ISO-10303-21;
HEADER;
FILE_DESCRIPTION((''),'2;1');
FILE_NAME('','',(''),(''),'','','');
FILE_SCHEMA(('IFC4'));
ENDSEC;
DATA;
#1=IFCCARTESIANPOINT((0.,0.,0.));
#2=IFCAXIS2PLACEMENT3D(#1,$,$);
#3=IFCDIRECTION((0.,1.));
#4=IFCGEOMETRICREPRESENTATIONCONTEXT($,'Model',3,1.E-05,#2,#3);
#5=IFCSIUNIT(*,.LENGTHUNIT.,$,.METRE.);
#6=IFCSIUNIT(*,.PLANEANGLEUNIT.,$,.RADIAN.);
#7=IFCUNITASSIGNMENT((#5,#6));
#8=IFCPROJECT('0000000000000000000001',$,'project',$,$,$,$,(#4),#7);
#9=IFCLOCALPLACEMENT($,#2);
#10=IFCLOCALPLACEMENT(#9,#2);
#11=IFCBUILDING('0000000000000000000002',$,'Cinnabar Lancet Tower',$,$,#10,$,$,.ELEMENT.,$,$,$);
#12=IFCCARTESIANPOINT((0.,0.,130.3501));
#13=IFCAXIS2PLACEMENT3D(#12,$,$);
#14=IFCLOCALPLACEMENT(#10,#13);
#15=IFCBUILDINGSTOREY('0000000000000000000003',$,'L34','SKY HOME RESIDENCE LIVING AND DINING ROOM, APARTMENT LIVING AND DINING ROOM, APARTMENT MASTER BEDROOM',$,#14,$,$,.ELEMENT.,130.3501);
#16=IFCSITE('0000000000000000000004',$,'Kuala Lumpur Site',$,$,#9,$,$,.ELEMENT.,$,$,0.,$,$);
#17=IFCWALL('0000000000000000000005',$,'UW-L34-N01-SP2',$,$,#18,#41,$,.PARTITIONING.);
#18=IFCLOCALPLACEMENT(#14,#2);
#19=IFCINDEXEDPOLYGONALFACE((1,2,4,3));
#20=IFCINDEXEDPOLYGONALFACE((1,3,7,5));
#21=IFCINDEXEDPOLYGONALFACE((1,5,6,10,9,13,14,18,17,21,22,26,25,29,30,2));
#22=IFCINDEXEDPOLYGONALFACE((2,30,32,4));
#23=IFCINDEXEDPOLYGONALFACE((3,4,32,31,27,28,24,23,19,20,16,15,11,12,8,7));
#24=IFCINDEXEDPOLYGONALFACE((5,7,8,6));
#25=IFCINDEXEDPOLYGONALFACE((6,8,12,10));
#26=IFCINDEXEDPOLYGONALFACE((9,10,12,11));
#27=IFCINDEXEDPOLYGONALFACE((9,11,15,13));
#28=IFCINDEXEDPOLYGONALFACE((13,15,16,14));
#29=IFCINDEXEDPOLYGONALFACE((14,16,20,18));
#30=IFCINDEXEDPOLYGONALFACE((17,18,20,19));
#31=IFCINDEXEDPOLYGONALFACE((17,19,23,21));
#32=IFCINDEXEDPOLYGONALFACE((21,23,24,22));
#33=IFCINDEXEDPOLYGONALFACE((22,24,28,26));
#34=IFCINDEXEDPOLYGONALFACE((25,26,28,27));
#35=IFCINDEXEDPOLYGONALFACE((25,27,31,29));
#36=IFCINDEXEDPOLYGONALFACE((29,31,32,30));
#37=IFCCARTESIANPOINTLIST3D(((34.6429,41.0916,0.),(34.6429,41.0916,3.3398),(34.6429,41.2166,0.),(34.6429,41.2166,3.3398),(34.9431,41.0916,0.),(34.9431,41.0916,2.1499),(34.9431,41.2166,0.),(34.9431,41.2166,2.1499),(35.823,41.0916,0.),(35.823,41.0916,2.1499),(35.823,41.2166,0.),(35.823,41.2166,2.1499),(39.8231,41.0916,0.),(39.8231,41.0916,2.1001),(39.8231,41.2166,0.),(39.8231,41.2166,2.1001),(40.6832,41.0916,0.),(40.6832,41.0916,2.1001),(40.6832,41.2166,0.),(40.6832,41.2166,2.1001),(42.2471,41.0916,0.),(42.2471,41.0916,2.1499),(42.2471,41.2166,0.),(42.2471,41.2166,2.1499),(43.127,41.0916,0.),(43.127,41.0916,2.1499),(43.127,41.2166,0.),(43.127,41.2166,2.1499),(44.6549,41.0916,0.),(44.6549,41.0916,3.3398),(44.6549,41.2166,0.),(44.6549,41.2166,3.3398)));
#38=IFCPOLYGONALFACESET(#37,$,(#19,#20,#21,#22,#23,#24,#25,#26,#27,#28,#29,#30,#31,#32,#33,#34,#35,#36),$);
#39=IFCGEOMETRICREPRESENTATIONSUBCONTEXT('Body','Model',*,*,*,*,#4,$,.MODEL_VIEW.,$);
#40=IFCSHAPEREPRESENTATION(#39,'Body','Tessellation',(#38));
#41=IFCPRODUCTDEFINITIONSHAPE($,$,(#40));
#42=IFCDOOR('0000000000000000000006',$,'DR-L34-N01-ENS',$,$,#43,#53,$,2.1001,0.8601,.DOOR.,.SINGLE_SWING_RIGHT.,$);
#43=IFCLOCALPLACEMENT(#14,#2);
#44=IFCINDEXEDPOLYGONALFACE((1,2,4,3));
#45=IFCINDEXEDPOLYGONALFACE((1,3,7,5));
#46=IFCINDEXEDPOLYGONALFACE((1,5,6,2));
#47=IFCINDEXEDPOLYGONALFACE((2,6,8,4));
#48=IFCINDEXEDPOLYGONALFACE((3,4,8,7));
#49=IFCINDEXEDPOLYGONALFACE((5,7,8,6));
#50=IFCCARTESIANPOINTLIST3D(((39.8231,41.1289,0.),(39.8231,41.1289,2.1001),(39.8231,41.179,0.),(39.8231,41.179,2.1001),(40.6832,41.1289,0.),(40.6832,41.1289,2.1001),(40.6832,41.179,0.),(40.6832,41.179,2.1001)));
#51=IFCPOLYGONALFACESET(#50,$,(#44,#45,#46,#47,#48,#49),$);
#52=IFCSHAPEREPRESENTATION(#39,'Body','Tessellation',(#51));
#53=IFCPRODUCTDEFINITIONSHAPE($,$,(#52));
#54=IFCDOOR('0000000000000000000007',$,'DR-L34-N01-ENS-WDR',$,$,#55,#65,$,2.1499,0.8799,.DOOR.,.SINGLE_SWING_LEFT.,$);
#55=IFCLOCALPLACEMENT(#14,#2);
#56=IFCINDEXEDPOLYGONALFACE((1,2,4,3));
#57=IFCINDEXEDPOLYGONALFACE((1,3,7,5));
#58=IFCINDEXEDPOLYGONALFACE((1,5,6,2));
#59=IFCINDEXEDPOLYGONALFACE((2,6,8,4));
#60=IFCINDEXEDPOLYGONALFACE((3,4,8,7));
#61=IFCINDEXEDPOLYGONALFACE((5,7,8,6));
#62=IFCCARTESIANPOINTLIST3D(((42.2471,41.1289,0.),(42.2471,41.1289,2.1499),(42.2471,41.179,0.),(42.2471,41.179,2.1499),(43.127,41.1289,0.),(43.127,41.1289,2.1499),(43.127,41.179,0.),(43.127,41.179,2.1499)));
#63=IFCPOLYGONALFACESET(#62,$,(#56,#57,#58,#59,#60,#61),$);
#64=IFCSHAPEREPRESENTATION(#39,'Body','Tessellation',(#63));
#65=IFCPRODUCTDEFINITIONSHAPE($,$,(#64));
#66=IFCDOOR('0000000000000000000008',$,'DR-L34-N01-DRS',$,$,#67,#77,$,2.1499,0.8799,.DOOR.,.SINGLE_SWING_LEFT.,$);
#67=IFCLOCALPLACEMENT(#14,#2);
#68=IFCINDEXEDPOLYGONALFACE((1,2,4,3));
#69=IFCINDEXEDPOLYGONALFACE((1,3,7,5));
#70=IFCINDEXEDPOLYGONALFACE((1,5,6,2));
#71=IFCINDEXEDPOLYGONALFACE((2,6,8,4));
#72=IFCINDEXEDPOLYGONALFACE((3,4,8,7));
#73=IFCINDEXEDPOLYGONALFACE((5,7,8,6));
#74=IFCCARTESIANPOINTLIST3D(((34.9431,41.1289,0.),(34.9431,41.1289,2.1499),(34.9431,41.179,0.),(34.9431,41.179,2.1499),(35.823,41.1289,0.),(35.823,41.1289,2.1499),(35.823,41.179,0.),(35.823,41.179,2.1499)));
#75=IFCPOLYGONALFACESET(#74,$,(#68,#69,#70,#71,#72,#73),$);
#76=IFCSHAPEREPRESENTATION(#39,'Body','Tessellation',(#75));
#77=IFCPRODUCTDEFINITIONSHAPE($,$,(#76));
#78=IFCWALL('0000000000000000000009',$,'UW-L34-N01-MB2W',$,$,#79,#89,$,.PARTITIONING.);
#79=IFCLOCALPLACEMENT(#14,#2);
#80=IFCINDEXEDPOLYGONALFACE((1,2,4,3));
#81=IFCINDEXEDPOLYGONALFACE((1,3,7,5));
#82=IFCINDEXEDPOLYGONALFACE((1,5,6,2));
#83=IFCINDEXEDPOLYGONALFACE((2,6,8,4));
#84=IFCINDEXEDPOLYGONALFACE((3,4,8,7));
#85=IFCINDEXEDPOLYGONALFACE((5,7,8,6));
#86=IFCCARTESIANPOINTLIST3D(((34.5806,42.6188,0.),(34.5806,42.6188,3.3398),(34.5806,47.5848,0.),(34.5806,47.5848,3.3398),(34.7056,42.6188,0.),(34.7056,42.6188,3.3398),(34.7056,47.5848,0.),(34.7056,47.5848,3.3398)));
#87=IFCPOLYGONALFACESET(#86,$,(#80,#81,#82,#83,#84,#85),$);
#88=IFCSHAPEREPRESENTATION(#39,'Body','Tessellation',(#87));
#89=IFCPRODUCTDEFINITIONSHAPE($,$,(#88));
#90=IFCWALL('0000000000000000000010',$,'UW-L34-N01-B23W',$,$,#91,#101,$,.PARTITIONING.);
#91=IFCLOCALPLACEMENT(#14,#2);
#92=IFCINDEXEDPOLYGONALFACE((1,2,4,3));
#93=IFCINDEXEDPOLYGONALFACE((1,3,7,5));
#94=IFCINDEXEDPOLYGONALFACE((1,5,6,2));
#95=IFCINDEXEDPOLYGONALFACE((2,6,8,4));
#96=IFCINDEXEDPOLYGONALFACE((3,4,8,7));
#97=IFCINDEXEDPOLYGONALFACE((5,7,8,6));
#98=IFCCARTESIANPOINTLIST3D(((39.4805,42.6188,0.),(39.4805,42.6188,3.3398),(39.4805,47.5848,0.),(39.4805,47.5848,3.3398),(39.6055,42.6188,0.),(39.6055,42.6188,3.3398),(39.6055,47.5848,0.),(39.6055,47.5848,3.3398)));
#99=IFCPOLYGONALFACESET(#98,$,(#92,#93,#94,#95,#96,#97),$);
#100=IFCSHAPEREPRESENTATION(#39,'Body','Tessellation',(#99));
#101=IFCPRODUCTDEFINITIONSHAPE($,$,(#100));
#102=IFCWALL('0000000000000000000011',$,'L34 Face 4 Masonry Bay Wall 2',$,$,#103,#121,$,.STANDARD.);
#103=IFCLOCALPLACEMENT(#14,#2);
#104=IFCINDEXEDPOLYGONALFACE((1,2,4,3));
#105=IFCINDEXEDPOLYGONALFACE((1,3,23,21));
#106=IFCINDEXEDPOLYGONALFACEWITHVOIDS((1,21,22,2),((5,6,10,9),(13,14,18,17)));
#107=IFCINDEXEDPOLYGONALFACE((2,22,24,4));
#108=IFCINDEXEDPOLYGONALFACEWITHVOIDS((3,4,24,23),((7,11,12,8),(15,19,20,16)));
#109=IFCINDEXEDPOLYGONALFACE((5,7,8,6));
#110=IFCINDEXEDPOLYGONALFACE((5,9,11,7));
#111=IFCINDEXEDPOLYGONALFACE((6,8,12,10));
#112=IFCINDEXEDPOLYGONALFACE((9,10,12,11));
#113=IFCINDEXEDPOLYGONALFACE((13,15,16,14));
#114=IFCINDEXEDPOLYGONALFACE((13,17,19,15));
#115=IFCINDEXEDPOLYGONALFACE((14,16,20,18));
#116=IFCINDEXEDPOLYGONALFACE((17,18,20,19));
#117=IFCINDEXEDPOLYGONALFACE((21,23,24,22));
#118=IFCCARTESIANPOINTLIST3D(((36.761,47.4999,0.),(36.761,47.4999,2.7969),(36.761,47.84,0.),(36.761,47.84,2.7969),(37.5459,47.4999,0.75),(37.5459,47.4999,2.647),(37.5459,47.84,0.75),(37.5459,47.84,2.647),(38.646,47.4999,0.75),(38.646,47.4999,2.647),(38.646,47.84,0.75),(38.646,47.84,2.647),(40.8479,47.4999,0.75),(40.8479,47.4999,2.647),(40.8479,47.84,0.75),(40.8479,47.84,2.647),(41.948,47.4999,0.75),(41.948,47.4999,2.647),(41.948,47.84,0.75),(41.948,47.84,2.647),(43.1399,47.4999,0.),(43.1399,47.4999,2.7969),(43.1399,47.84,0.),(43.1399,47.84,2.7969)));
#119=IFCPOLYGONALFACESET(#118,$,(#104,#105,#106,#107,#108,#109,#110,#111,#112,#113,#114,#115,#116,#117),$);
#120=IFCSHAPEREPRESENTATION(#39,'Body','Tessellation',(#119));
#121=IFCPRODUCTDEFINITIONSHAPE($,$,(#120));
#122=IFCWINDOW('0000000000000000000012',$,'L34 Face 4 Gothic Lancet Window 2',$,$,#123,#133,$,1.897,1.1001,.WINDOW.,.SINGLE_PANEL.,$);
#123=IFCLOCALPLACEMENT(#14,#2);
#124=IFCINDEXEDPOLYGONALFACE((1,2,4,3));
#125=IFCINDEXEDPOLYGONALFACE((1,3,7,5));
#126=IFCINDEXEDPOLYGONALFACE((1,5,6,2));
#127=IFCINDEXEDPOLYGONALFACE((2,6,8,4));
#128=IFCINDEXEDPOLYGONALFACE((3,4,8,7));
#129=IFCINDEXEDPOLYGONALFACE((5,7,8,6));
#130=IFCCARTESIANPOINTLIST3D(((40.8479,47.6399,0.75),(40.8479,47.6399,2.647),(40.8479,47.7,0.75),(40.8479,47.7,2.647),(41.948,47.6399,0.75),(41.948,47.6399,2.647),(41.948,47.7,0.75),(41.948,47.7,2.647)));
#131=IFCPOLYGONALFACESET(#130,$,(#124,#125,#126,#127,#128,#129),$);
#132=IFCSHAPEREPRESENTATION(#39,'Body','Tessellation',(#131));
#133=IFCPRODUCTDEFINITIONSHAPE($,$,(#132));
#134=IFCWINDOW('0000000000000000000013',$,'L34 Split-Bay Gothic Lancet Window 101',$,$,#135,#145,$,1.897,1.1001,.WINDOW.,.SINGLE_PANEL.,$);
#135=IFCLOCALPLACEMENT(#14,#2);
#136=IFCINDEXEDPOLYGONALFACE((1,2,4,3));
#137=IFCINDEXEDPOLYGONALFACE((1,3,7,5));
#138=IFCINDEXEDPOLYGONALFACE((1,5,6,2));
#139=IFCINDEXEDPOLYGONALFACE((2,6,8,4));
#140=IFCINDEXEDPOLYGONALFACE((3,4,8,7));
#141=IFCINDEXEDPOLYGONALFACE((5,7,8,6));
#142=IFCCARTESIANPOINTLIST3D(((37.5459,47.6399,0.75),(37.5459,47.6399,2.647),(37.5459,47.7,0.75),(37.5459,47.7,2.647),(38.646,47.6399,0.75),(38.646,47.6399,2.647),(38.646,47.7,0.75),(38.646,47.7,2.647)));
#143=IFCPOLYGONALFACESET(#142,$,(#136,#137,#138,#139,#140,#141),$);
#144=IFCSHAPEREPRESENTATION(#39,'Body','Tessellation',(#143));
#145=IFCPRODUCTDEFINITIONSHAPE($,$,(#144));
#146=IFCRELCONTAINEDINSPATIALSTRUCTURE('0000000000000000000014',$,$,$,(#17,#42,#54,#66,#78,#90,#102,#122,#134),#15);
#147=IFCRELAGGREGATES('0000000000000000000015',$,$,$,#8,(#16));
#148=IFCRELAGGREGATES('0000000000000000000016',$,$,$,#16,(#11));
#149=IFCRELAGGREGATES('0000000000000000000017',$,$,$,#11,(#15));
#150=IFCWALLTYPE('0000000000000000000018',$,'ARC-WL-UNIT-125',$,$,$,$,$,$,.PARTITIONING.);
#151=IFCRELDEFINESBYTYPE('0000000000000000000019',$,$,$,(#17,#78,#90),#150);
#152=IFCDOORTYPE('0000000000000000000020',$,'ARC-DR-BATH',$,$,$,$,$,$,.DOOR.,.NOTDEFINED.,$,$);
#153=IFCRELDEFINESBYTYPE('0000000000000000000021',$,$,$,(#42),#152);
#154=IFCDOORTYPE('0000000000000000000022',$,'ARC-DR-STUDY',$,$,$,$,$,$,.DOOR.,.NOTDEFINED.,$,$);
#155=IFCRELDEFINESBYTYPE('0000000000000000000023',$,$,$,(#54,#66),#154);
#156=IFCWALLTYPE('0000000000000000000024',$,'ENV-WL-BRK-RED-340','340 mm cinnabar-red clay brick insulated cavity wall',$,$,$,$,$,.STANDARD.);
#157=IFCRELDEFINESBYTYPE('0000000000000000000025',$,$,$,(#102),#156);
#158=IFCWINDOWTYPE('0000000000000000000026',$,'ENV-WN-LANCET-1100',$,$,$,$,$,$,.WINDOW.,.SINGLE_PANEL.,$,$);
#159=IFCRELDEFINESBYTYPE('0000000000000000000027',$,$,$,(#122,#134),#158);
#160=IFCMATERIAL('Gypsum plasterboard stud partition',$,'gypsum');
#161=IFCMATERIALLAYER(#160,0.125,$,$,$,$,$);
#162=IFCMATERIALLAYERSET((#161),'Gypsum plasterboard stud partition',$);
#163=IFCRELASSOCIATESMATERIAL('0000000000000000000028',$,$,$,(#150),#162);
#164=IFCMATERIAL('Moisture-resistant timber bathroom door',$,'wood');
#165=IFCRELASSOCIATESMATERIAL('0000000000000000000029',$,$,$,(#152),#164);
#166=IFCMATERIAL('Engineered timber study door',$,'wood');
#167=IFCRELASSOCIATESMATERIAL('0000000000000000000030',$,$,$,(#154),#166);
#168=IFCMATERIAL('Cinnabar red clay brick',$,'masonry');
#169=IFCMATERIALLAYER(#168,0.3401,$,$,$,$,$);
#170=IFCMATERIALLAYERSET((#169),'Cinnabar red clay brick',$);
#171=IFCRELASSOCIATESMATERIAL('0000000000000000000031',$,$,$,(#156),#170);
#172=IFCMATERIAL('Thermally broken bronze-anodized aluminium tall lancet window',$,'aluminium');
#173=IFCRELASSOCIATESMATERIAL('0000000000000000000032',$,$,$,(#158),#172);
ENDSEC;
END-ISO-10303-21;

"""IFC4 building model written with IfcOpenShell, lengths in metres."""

from ifc_helpers import new_model, si_unit, direction, frame, frame_2d, origin, place, context, subcontext, project, spatial, rectangle, extrude, material, layer, layer_set, type_object, element, fill, save


model = new_model("IFC4")

# Units and contexts
model_context = context("Model", 3, precision=1e-05, world=origin(), true_north=direction((0.0, 1.0)))
body_context = subcontext(model_context, "Body", "Model", "MODEL_VIEW")
ifc_project = project(units=[si_unit("LENGTHUNIT", "METRE"), si_unit("PLANEANGLEUNIT", "RADIAN")], contexts=[model_context])

# Site, building, storey
site_placement = place(None, origin())
site = spatial("IfcSite", under=ifc_project, at=site_placement, Name="Kuala Lumpur Site", CompositionType="ELEMENT", RefElevation=0.0)
building_placement = place(site_placement, origin())
building = spatial("IfcBuilding", under=site, at=building_placement, Name="Cinnabar Lancet Tower", CompositionType="ELEMENT")
storey_placement = place(building_placement, frame((0.0, 0.0, 130.3501)))
storey = spatial("IfcBuildingStorey", under=building, at=storey_placement, Name="L34", Description="SKY HOME RESIDENCE LIVING AND DINING ROOM, APARTMENT LIVING AND DINING ROOM, APARTMENT MASTER BEDROOM", CompositionType="ELEMENT", Elevation=130.3501)

# Wall, openings, doors
ifc_material_1 = material(Name="Gypsum plasterboard stud partition", Category="gypsum")
ifc_layer_1 = layer(ifc_material_1, 0.125)
ifc_layer_set_1 = layer_set([ifc_layer_1], Name="Gypsum plasterboard stud partition")
wall_type_1 = type_object("IfcWallType", Name="ARC-WL-UNIT-125", PredefinedType="PARTITIONING", material=ifc_layer_set_1)
wall_1_placement = place(storey_placement, frame((34.6431, 41.1541, 0.0), z_axis=(0.0, 0.0, 1.0), x_axis=(1.0, 0.0, 0.0)))
wall_1 = element("IfcWall", 1, at=wall_1_placement, inside=storey, type_object=wall_type_1, Name="UW-L34-N01-SP2", PredefinedType="PARTITIONING", context=body_context, shape_type="SweptSolid", body=[
    extrude(rectangle(XDim=10.012, YDim=0.125, at=frame_2d((5.0059, 0.0))), origin(), (0.0, 0.0, 1.0), 3.3398),
])
opening_1_placement = place(wall_1_placement, frame((5.1799, 0.0, 0.0)))
opening_1 = element("IfcOpeningElement", 2, at=opening_1_placement, cuts=wall_1, PredefinedType="OPENING", context=body_context, shape_type="SweptSolid", body=[
    extrude(rectangle(XDim=0.8601, YDim=2.1001, at=frame_2d((0.4302, 1.05))), frame((0.0, 0.0725, 0.0), z_axis=(0.0, -1.0, 0.0), x_axis=(1.0, 0.0, 0.0)), (0.0, 0.0, 1.0), 0.145),
])
opening_2_placement = place(wall_1_placement, frame((7.604, 0.0, 0.0)))
opening_2 = element("IfcOpeningElement", 3, at=opening_2_placement, cuts=wall_1, PredefinedType="OPENING", context=body_context, shape_type="SweptSolid", body=[
    extrude(rectangle(XDim=0.8799, YDim=2.1499, at=frame_2d((0.4399, 1.075))), frame((0.0, 0.0725, 0.0), z_axis=(0.0, -1.0, 0.0), x_axis=(1.0, 0.0, 0.0)), (0.0, 0.0, 1.0), 0.145),
])
opening_3_placement = place(wall_1_placement, frame((0.3, 0.0, 0.0)))
opening_3 = element("IfcOpeningElement", 4, at=opening_3_placement, cuts=wall_1, PredefinedType="OPENING", context=body_context, shape_type="SweptSolid", body=[
    extrude(rectangle(XDim=0.8799, YDim=2.1499, at=frame_2d((0.4399, 1.075))), frame((0.0, 0.0725, 0.0), z_axis=(0.0, -1.0, 0.0), x_axis=(1.0, 0.0, 0.0)), (0.0, 0.0, 1.0), 0.145),
])
ifc_material_2 = material(Name="Moisture-resistant timber bathroom door", Category="wood")
door_type_1 = type_object("IfcDoorType", Name="ARC-DR-BATH", OperationType="NOTDEFINED", PredefinedType="DOOR", material=ifc_material_2)
door_1_placement = place(opening_1_placement, origin())
door_1 = element("IfcDoor", 5, at=door_1_placement, inside=storey, type_object=door_type_1, Name="DR-L34-N01-ENS", OperationType="SINGLE_SWING_RIGHT", OverallHeight=2.1001, OverallWidth=0.8601, PredefinedType="DOOR", context=body_context, shape_type="SweptSolid", body=[
    extrude(rectangle(XDim=0.8601, YDim=2.1001, at=frame_2d((0.4302, 1.05))), frame((0.0, 0.0249, 0.0), z_axis=(0.0, -1.0, 0.0), x_axis=(1.0, 0.0, 0.0)), (0.0, 0.0, 1.0), 0.05),
])
fill(opening_1, door_1)
ifc_material_3 = material(Name="Engineered timber study door", Category="wood")
door_type_2 = type_object("IfcDoorType", Name="ARC-DR-STUDY", OperationType="NOTDEFINED", PredefinedType="DOOR", material=ifc_material_3)
door_2_placement = place(opening_2_placement, origin())
door_2 = element("IfcDoor", 6, at=door_2_placement, inside=storey, type_object=door_type_2, Name="DR-L34-N01-ENS-WDR", OperationType="SINGLE_SWING_LEFT", OverallHeight=2.1499, OverallWidth=0.8799, PredefinedType="DOOR", context=body_context, shape_type="SweptSolid", body=[
    extrude(rectangle(XDim=0.8799, YDim=2.1499, at=frame_2d((0.4399, 1.075))), frame((0.0, 0.0249, 0.0), z_axis=(0.0, -1.0, 0.0), x_axis=(1.0, 0.0, 0.0)), (0.0, 0.0, 1.0), 0.05),
])
fill(opening_2, door_2)
door_3_placement = place(opening_3_placement, origin())
door_3 = element("IfcDoor", 7, at=door_3_placement, inside=storey, type_object=door_type_2, Name="DR-L34-N01-DRS", OperationType="SINGLE_SWING_LEFT", OverallHeight=2.1499, OverallWidth=0.8799, PredefinedType="DOOR", context=body_context, shape_type="SweptSolid", body=[
    extrude(rectangle(XDim=0.8799, YDim=2.1499, at=frame_2d((0.4399, 1.075))), frame((0.0, 0.0249, 0.0), z_axis=(0.0, -1.0, 0.0), x_axis=(1.0, 0.0, 0.0)), (0.0, 0.0, 1.0), 0.05),
])
fill(opening_3, door_3)

# Walls
for number, where, z_axis, x_axis, name in (
    (8, (34.6431, 42.6189, 0.0), (0.0, 0.0, 1.0), (0.0, 1.0, 0.0), "UW-L34-N01-MB2W"),
    (9, (39.543, 42.6189, 0.0), (0.0, 0.0, 1.0), (0.0, 1.0, 0.0), "UW-L34-N01-B23W"),
):
    element("IfcWall", number, at=place(storey_placement, frame(where, z_axis=z_axis, x_axis=x_axis)), inside=storey, type_object=wall_type_1, Name=name, PredefinedType="PARTITIONING", context=body_context, shape_type="SweptSolid", body=[
        extrude(rectangle(XDim=4.9661, YDim=0.125, at=frame_2d((2.4829, 0.0))), origin(), (0.0, 0.0, 1.0), 3.3398),
    ])

# Wall, openings, windows
ifc_material_4 = material(Name="Cinnabar red clay brick", Category="masonry")
ifc_layer_2 = layer(ifc_material_4, 0.3401)
ifc_layer_set_2 = layer_set([ifc_layer_2], Name="Cinnabar red clay brick")
wall_type_2 = type_object("IfcWallType", Name="ENV-WL-BRK-RED-340", Description="340 mm cinnabar-red clay brick insulated cavity wall", PredefinedType="STANDARD", material=ifc_layer_set_2)
wall_2_placement = place(storey_placement, frame((43.1399, 47.6699, 0.0), z_axis=(0.0, 0.0, 1.0), x_axis=(-1.0, 0.0, 0.0)))
wall_2 = element("IfcWall", 10, at=wall_2_placement, inside=storey, type_object=wall_type_2, Name="L34 Face 4 Masonry Bay Wall 2", PredefinedType="STANDARD", context=body_context, shape_type="SweptSolid", body=[
    extrude(rectangle(XDim=6.3789, YDim=0.3401, at=frame_2d((3.1895, 0.0))), origin(), (0.0, 0.0, 1.0), 2.7969),
])
opening_4_placement = place(wall_2_placement, frame((1.1919, 0.0, 0.75)))
opening_4 = element("IfcOpeningElement", 11, at=opening_4_placement, cuts=wall_2, PredefinedType="OPENING", context=body_context, shape_type="SweptSolid", body=[
    extrude(rectangle(XDim=1.1001, YDim=1.897, at=frame_2d((0.55, 0.9485))), frame((0.0, 0.1799, 0.0), z_axis=(0.0, -1.0, 0.0), x_axis=(1.0, 0.0, 0.0)), (0.0, 0.0, 1.0), 0.3601),
])
opening_5_placement = place(wall_2_placement, frame((4.4939, 0.0, 0.75)))
opening_5 = element("IfcOpeningElement", 12, at=opening_5_placement, cuts=wall_2, PredefinedType="OPENING", context=body_context, shape_type="SweptSolid", body=[
    extrude(rectangle(XDim=1.1001, YDim=1.897, at=frame_2d((0.55, 0.9485))), frame((0.0, 0.1799, 0.0), z_axis=(0.0, -1.0, 0.0), x_axis=(1.0, 0.0, 0.0)), (0.0, 0.0, 1.0), 0.3601),
])
ifc_material_5 = material(Name="Thermally broken bronze-anodized aluminium tall lancet window", Category="aluminium")
window_type = type_object("IfcWindowType", Name="ENV-WN-LANCET-1100", PartitioningType="SINGLE_PANEL", PredefinedType="WINDOW", material=ifc_material_5)
window_1_placement = place(opening_4_placement, origin())
window_1 = element("IfcWindow", 13, at=window_1_placement, inside=storey, type_object=window_type, Name="L34 Face 4 Gothic Lancet Window 2", OverallHeight=1.897, OverallWidth=1.1001, PartitioningType="SINGLE_PANEL", PredefinedType="WINDOW", context=body_context, shape_type="SweptSolid", body=[
    extrude(rectangle(XDim=1.1001, YDim=1.897, at=frame_2d((0.55, 0.9485))), frame((0.0, 0.03, 0.0), z_axis=(0.0, -1.0, 0.0), x_axis=(1.0, 0.0, 0.0)), (0.0, 0.0, 1.0), 0.0601),
])
fill(opening_4, window_1)
window_2_placement = place(opening_5_placement, origin())
window_2 = element("IfcWindow", 14, at=window_2_placement, inside=storey, type_object=window_type, Name="L34 Split-Bay Gothic Lancet Window 101", OverallHeight=1.897, OverallWidth=1.1001, PartitioningType="SINGLE_PANEL", PredefinedType="WINDOW", context=body_context, shape_type="SweptSolid", body=[
    extrude(rectangle(XDim=1.1001, YDim=1.897, at=frame_2d((0.55, 0.9485))), frame((0.0, 0.03, 0.0), z_axis=(0.0, -1.0, 0.0), x_axis=(1.0, 0.0, 0.0)), (0.0, 0.0, 1.0), 0.0601),
])
fill(opening_5, window_2)

save(model, "model.ifc")
